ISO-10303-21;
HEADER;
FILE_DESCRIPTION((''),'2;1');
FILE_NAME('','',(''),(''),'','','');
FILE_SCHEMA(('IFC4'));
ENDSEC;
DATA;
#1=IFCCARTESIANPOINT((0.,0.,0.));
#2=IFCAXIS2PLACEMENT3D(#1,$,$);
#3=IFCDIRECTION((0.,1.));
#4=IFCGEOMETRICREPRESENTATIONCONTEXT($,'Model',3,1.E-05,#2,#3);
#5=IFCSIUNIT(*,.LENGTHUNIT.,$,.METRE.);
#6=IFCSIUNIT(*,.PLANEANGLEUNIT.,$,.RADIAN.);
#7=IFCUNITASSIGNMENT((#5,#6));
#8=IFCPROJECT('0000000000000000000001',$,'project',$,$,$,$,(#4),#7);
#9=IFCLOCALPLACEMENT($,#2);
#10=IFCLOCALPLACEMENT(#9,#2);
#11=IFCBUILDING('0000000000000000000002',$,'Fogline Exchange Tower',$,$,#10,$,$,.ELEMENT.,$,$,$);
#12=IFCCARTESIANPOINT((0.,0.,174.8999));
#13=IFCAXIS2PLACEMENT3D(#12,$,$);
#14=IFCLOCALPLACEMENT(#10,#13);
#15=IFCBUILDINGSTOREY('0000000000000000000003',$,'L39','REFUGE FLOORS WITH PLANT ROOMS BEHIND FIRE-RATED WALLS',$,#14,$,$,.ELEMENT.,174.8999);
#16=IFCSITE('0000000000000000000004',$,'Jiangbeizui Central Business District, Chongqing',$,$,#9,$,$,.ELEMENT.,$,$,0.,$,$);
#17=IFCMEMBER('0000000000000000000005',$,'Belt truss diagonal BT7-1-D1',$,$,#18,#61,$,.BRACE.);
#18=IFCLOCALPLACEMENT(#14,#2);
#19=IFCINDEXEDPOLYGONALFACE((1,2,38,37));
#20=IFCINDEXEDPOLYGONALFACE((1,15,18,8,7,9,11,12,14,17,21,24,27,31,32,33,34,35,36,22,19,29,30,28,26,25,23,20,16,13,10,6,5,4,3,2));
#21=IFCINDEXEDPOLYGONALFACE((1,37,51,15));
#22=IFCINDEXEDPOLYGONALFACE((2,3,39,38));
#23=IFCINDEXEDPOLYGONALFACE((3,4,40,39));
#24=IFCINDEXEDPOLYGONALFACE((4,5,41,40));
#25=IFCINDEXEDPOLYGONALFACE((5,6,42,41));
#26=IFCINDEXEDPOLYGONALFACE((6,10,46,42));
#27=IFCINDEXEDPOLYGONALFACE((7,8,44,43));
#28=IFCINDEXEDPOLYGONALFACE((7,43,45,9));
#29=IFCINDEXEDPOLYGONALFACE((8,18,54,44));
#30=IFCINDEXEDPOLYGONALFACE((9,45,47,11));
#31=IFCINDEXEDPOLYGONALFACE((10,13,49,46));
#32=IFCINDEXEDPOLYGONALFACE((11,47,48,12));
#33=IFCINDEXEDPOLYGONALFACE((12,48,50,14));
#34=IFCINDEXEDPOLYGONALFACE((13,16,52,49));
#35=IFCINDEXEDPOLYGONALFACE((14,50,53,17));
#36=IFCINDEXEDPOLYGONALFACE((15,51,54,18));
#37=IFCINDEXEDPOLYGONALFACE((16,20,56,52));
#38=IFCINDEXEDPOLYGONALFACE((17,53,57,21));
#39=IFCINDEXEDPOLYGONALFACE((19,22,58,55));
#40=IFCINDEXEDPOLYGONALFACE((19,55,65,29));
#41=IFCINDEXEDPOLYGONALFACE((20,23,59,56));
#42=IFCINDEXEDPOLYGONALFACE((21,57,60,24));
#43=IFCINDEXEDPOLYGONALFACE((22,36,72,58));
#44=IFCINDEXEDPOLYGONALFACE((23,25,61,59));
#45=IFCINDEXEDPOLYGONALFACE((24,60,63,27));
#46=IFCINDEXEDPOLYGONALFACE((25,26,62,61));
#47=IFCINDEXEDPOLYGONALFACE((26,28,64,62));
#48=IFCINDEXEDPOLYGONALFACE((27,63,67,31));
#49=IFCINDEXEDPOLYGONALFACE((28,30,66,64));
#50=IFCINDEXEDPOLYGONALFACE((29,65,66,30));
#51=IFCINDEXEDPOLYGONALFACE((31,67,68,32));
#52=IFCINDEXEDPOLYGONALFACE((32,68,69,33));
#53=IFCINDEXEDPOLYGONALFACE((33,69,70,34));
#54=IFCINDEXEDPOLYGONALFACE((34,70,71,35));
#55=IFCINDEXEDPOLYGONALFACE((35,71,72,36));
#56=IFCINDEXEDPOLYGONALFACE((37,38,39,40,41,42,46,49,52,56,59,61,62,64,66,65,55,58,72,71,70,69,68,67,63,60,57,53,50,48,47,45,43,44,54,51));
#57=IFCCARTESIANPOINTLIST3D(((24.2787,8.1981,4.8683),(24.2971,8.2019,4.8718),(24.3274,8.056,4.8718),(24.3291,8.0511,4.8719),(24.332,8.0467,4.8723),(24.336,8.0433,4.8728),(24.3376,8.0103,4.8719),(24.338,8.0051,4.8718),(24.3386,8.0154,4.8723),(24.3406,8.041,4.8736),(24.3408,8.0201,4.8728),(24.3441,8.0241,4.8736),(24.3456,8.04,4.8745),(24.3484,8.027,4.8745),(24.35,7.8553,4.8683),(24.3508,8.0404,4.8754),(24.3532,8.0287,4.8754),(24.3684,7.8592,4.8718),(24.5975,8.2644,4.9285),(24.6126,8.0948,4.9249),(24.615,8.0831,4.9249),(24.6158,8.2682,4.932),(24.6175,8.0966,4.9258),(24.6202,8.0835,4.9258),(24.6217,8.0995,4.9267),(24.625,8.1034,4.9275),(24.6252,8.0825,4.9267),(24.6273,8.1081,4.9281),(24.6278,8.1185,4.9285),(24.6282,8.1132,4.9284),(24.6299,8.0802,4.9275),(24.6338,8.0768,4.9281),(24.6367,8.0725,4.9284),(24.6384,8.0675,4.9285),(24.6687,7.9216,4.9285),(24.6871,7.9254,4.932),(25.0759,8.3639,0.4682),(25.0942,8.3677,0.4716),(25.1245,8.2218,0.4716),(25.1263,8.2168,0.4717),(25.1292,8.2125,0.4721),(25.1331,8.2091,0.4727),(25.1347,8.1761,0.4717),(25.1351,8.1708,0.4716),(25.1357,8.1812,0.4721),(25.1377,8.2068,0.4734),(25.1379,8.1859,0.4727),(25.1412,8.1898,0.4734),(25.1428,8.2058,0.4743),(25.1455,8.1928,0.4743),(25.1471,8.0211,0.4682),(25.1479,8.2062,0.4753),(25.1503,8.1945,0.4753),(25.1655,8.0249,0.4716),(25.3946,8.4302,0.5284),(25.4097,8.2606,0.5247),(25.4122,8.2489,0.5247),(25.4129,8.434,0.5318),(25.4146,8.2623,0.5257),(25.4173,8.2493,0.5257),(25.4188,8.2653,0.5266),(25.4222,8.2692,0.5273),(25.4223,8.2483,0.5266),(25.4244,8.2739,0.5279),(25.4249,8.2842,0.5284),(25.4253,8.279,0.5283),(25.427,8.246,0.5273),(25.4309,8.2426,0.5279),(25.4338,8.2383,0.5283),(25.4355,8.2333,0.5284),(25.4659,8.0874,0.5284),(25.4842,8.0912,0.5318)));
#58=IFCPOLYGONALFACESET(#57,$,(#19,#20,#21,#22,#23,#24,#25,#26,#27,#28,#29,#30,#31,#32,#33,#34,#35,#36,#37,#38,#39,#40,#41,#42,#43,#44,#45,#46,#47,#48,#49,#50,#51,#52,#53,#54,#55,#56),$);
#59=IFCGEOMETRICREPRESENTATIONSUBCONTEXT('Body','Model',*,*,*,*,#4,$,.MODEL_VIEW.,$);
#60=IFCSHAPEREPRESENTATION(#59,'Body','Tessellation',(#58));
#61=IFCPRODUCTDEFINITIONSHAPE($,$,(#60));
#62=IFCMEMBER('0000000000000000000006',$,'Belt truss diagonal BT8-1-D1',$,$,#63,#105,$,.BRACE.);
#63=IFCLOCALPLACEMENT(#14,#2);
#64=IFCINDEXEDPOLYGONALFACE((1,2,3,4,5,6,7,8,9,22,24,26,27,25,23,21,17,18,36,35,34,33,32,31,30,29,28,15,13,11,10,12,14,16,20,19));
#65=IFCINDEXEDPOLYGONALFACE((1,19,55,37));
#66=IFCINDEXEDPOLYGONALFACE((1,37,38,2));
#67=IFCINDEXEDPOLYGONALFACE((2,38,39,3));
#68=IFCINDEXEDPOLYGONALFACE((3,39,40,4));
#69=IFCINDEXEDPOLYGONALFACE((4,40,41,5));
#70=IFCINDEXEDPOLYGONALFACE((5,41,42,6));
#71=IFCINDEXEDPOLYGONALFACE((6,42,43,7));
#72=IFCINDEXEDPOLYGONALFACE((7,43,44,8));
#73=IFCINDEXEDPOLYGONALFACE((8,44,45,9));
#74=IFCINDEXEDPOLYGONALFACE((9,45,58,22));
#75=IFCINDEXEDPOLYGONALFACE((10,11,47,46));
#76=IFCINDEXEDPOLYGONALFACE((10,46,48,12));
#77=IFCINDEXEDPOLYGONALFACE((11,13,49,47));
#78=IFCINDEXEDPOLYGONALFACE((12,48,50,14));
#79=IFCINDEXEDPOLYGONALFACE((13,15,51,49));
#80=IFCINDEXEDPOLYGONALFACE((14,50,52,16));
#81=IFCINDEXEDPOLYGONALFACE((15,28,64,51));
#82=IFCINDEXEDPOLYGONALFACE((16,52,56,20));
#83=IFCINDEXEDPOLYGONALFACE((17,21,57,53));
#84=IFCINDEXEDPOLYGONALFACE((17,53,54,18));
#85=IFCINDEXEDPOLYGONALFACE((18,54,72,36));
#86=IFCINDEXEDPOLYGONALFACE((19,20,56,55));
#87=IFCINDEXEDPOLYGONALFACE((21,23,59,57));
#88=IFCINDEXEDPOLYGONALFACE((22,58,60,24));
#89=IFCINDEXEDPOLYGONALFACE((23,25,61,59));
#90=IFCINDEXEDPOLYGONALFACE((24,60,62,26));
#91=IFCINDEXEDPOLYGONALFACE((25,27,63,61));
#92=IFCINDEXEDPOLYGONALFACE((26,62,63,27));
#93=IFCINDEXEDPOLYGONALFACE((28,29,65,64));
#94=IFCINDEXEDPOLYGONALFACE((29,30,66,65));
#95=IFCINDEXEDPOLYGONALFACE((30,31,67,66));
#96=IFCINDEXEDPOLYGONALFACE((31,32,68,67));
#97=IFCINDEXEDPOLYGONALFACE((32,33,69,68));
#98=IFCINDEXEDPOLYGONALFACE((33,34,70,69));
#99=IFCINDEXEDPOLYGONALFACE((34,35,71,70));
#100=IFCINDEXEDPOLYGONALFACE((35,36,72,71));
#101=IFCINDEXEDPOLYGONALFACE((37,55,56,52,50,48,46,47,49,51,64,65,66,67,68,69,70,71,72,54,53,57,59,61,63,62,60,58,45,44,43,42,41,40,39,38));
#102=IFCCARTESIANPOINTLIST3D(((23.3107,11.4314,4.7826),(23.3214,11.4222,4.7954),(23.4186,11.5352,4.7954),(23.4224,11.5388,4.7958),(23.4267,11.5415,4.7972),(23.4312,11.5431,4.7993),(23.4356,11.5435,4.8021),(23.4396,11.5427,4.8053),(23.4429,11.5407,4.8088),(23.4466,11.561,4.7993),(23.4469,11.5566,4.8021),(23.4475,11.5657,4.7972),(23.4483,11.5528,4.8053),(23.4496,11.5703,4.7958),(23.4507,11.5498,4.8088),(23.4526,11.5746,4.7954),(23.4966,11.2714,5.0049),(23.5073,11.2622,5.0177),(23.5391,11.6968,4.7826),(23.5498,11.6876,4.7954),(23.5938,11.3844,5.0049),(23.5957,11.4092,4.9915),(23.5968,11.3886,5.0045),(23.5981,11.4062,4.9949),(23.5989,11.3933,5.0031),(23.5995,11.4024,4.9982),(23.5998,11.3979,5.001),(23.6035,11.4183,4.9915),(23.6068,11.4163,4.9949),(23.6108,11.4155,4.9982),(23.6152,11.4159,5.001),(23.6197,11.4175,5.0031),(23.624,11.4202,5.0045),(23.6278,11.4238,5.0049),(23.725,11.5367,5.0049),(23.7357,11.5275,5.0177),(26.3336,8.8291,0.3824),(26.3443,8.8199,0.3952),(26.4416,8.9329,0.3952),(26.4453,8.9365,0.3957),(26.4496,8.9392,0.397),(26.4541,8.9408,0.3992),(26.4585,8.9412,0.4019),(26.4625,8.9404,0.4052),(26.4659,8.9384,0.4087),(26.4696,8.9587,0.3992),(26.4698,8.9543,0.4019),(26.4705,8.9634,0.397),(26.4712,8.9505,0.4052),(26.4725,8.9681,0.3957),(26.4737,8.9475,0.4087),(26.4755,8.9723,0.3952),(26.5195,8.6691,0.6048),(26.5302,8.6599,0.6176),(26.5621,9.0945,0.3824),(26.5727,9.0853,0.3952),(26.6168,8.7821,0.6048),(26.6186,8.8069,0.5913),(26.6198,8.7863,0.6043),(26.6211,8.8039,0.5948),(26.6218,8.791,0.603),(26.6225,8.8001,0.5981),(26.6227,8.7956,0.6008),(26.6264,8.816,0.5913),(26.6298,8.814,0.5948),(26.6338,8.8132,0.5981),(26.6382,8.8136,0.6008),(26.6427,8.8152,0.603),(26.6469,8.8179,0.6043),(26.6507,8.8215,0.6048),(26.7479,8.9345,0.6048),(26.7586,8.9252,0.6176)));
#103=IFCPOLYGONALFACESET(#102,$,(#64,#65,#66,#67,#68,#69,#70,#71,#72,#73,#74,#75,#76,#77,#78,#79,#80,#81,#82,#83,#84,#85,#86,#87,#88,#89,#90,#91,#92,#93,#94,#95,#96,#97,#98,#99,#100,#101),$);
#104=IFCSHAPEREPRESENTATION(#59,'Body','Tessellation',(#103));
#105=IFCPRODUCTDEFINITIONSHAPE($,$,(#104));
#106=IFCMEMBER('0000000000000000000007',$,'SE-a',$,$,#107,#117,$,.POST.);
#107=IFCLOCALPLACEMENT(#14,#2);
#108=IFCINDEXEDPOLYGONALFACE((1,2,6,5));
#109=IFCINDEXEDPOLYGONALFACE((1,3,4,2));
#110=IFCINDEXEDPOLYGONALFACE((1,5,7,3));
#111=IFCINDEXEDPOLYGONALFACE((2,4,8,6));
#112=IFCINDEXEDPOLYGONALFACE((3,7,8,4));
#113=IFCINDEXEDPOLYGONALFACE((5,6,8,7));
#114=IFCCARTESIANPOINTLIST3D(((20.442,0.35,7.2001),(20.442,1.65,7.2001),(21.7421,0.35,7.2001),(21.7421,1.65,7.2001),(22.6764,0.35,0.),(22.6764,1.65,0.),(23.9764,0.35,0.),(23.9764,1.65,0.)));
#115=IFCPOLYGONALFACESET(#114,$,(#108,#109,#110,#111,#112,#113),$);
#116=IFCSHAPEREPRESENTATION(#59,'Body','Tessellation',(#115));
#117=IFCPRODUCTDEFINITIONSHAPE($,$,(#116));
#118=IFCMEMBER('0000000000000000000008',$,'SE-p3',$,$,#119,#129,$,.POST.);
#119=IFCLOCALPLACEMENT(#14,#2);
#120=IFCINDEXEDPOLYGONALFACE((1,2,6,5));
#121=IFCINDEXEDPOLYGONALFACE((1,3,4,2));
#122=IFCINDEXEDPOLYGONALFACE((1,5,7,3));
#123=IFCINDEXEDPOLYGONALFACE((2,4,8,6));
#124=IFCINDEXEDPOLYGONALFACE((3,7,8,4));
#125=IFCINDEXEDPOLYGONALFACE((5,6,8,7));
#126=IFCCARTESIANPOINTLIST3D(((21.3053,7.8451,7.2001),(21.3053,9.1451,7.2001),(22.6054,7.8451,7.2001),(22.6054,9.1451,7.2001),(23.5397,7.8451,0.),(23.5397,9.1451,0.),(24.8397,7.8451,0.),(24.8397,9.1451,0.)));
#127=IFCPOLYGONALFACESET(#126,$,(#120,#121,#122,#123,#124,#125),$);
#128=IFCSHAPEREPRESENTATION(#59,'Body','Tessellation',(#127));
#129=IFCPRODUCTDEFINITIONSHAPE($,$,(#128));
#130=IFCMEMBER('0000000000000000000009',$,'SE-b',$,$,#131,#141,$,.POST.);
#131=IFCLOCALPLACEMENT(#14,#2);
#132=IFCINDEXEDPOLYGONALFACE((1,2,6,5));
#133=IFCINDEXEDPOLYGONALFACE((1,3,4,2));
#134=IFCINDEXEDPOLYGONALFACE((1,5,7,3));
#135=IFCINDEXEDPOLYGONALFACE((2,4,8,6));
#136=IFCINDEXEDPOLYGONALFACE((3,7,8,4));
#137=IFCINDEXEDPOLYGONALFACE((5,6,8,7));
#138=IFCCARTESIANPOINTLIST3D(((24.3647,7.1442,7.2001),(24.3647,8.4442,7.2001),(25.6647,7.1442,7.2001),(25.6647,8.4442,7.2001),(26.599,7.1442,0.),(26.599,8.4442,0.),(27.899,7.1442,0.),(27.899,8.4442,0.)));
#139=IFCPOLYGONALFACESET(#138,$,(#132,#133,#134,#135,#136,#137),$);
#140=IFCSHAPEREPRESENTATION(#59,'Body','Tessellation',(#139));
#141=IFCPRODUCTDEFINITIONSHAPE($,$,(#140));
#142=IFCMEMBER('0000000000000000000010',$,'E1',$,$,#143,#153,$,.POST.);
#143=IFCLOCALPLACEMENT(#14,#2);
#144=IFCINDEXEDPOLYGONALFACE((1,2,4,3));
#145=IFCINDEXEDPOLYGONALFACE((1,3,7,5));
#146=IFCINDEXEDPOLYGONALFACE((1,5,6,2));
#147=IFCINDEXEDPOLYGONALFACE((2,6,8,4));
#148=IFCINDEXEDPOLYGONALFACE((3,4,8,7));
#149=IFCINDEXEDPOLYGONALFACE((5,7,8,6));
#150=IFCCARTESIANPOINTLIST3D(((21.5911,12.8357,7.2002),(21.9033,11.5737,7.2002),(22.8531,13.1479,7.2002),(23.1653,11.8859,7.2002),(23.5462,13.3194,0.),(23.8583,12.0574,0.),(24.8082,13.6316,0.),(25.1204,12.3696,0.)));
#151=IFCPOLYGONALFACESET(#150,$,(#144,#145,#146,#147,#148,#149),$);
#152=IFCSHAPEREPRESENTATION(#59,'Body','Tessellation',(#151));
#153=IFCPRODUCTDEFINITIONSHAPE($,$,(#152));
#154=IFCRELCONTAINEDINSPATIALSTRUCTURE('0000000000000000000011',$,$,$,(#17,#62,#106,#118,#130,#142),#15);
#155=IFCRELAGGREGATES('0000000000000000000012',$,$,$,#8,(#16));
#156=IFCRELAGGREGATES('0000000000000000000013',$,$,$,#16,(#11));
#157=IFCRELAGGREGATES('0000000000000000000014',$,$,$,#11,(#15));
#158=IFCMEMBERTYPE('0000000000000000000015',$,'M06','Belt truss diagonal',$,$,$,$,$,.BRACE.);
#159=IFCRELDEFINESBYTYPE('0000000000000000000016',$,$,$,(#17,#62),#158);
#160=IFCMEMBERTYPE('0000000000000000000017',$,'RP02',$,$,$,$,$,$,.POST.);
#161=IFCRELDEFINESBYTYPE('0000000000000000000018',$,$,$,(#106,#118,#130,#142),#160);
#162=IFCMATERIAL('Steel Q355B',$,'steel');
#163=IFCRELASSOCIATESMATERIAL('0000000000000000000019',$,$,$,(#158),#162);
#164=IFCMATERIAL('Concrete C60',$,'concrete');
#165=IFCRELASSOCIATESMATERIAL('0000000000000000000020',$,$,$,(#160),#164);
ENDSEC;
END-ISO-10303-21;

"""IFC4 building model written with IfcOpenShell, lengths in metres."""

from ifc_helpers import new_model, si_unit, direction, frame, origin, origin_2d, place, context, subcontext, project, spatial, rectangle, i_section, extrude, material, material_profile, profile_set, type_object, element, save


model = new_model("IFC4")

# Units and contexts
model_context = context("Model", 3, precision=1e-05, world=origin(), true_north=direction((0.0, 1.0)))
body_context = subcontext(model_context, "Body", "Model", "MODEL_VIEW")
ifc_project = project(units=[si_unit("LENGTHUNIT", "METRE"), si_unit("PLANEANGLEUNIT", "RADIAN")], contexts=[model_context])

# Site, building, storey
site_placement = place(None, origin())
site = spatial("IfcSite", under=ifc_project, at=site_placement, Name="Jiangbeizui Central Business District, Chongqing", CompositionType="ELEMENT", RefElevation=0.0)
building_placement = place(site_placement, origin())
building = spatial("IfcBuilding", under=site, at=building_placement, Name="Fogline Exchange Tower", CompositionType="ELEMENT")
storey_placement = place(building_placement, frame((0.0, 0.0, 174.8999)))
storey = spatial("IfcBuildingStorey", under=building, at=storey_placement, Name="L39", Description="REFUGE FLOORS WITH PLANT ROOMS BEHIND FIRE-RATED WALLS", CompositionType="ELEMENT", Elevation=174.8999)

# Members
ifc_material_1 = material(Name="Steel Q355B", Category="steel")
ifc_material_profile_1 = material_profile(ifc_material_1, i_section(OverallWidth=0.3501, OverallDepth=0.3501, WebThickness=0.012, FlangeThickness=0.019, FilletRadius=0.02, at=origin_2d()), Name="HW350X350X12X19")
ifc_profile_set_1 = profile_set([ifc_material_profile_1], Name="Steel Q355B")
member_type_1 = type_object("IfcMemberType", Name="M06", Description="Belt truss diagonal", PredefinedType="BRACE", material=ifc_profile_set_1)
member_1_placement = place(storey_placement, frame((25.28, 8.2275, 0.5), z_axis=(-0.178134, -0.037045, 0.983309), x_axis=(0.203607, -0.979053, 0.0)))
element("IfcMember", 1, at=member_1_placement, inside=storey, type_object=member_type_1, Name="Belt truss diagonal BT7-1-D1", PredefinedType="BRACE", context=body_context, shape_type="SweptSolid", body=[
    extrude(i_section(OverallWidth=0.3501, OverallDepth=0.3501, WebThickness=0.012, FlangeThickness=0.019, FilletRadius=0.02, at=origin_2d()), origin(), (0.0, 0.0, 1.0), 4.4749),
])
member_2_placement = place(storey_placement, frame((26.5461, 8.8772, 0.5), z_axis=(-0.509002, 0.438172, 0.740893), x_axis=(-0.652408, -0.757868, 0.0)))
element("IfcMember", 2, at=member_2_placement, inside=storey, type_object=member_type_1, Name="Belt truss diagonal BT8-1-D1", PredefinedType="BRACE", context=body_context, shape_type="SweptSolid", body=[
    extrude(i_section(OverallWidth=0.3501, OverallDepth=0.3501, WebThickness=0.012, FlangeThickness=0.019, FilletRadius=0.02, at=origin_2d()), origin(), (0.0, 0.0, 1.0), 5.939),
])
ifc_material_2 = material(Name="Concrete C60", Category="concrete")
ifc_material_profile_2 = material_profile(ifc_material_2, rectangle(XDim=1.3, YDim=1.3, at=origin_2d()), Name="RC 1300x1300")
ifc_profile_set_2 = profile_set([ifc_material_profile_2], Name="Concrete C60")
member_type_2 = type_object("IfcMemberType", Name="RP02", PredefinedType="POST", material=ifc_profile_set_2)
for number, where, z_axis, x_axis, name in (
    (3, (23.3264, 1.0, 0.0), (0.0, 0.0, 1.0), (0.0, -1.0, 0.0), "SE-a"),
    (4, (24.1897, 8.4951, 0.0), (0.0, 0.0, 1.0), (0.0, -1.0, 0.0), "SE-p3"),
    (5, (27.249, 7.7942, 0.0), (0.0, 0.0, 1.0), (0.0, -1.0, 0.0), "SE-b"),
):
    element("IfcMember", number, at=place(storey_placement, frame(where, z_axis=z_axis, x_axis=x_axis)), inside=storey, type_object=member_type_2, Name=name, PredefinedType="POST", context=body_context, shape_type="SweptSolid", body=[
        extrude(rectangle(XDim=1.3, YDim=1.3, at=origin_2d()), origin(), (0.0, -0.296379, 0.95507), 7.5388),
    ])
member_3_placement = place(storey_placement, frame((24.3333, 12.8445, 0.0), z_axis=(0.0, 0.0, 1.0), x_axis=(0.240139, -0.970739, 0.0)))
element("IfcMember", 6, at=member_3_placement, inside=storey, type_object=member_type_2, Name="E1", PredefinedType="POST", context=body_context, shape_type="SweptSolid", body=[
    extrude(rectangle(XDim=1.3, YDim=1.3, at=origin_2d()), origin(), (0.0, -0.269376, 0.963035), 7.4766),
])

save(model, "model.ifc")
